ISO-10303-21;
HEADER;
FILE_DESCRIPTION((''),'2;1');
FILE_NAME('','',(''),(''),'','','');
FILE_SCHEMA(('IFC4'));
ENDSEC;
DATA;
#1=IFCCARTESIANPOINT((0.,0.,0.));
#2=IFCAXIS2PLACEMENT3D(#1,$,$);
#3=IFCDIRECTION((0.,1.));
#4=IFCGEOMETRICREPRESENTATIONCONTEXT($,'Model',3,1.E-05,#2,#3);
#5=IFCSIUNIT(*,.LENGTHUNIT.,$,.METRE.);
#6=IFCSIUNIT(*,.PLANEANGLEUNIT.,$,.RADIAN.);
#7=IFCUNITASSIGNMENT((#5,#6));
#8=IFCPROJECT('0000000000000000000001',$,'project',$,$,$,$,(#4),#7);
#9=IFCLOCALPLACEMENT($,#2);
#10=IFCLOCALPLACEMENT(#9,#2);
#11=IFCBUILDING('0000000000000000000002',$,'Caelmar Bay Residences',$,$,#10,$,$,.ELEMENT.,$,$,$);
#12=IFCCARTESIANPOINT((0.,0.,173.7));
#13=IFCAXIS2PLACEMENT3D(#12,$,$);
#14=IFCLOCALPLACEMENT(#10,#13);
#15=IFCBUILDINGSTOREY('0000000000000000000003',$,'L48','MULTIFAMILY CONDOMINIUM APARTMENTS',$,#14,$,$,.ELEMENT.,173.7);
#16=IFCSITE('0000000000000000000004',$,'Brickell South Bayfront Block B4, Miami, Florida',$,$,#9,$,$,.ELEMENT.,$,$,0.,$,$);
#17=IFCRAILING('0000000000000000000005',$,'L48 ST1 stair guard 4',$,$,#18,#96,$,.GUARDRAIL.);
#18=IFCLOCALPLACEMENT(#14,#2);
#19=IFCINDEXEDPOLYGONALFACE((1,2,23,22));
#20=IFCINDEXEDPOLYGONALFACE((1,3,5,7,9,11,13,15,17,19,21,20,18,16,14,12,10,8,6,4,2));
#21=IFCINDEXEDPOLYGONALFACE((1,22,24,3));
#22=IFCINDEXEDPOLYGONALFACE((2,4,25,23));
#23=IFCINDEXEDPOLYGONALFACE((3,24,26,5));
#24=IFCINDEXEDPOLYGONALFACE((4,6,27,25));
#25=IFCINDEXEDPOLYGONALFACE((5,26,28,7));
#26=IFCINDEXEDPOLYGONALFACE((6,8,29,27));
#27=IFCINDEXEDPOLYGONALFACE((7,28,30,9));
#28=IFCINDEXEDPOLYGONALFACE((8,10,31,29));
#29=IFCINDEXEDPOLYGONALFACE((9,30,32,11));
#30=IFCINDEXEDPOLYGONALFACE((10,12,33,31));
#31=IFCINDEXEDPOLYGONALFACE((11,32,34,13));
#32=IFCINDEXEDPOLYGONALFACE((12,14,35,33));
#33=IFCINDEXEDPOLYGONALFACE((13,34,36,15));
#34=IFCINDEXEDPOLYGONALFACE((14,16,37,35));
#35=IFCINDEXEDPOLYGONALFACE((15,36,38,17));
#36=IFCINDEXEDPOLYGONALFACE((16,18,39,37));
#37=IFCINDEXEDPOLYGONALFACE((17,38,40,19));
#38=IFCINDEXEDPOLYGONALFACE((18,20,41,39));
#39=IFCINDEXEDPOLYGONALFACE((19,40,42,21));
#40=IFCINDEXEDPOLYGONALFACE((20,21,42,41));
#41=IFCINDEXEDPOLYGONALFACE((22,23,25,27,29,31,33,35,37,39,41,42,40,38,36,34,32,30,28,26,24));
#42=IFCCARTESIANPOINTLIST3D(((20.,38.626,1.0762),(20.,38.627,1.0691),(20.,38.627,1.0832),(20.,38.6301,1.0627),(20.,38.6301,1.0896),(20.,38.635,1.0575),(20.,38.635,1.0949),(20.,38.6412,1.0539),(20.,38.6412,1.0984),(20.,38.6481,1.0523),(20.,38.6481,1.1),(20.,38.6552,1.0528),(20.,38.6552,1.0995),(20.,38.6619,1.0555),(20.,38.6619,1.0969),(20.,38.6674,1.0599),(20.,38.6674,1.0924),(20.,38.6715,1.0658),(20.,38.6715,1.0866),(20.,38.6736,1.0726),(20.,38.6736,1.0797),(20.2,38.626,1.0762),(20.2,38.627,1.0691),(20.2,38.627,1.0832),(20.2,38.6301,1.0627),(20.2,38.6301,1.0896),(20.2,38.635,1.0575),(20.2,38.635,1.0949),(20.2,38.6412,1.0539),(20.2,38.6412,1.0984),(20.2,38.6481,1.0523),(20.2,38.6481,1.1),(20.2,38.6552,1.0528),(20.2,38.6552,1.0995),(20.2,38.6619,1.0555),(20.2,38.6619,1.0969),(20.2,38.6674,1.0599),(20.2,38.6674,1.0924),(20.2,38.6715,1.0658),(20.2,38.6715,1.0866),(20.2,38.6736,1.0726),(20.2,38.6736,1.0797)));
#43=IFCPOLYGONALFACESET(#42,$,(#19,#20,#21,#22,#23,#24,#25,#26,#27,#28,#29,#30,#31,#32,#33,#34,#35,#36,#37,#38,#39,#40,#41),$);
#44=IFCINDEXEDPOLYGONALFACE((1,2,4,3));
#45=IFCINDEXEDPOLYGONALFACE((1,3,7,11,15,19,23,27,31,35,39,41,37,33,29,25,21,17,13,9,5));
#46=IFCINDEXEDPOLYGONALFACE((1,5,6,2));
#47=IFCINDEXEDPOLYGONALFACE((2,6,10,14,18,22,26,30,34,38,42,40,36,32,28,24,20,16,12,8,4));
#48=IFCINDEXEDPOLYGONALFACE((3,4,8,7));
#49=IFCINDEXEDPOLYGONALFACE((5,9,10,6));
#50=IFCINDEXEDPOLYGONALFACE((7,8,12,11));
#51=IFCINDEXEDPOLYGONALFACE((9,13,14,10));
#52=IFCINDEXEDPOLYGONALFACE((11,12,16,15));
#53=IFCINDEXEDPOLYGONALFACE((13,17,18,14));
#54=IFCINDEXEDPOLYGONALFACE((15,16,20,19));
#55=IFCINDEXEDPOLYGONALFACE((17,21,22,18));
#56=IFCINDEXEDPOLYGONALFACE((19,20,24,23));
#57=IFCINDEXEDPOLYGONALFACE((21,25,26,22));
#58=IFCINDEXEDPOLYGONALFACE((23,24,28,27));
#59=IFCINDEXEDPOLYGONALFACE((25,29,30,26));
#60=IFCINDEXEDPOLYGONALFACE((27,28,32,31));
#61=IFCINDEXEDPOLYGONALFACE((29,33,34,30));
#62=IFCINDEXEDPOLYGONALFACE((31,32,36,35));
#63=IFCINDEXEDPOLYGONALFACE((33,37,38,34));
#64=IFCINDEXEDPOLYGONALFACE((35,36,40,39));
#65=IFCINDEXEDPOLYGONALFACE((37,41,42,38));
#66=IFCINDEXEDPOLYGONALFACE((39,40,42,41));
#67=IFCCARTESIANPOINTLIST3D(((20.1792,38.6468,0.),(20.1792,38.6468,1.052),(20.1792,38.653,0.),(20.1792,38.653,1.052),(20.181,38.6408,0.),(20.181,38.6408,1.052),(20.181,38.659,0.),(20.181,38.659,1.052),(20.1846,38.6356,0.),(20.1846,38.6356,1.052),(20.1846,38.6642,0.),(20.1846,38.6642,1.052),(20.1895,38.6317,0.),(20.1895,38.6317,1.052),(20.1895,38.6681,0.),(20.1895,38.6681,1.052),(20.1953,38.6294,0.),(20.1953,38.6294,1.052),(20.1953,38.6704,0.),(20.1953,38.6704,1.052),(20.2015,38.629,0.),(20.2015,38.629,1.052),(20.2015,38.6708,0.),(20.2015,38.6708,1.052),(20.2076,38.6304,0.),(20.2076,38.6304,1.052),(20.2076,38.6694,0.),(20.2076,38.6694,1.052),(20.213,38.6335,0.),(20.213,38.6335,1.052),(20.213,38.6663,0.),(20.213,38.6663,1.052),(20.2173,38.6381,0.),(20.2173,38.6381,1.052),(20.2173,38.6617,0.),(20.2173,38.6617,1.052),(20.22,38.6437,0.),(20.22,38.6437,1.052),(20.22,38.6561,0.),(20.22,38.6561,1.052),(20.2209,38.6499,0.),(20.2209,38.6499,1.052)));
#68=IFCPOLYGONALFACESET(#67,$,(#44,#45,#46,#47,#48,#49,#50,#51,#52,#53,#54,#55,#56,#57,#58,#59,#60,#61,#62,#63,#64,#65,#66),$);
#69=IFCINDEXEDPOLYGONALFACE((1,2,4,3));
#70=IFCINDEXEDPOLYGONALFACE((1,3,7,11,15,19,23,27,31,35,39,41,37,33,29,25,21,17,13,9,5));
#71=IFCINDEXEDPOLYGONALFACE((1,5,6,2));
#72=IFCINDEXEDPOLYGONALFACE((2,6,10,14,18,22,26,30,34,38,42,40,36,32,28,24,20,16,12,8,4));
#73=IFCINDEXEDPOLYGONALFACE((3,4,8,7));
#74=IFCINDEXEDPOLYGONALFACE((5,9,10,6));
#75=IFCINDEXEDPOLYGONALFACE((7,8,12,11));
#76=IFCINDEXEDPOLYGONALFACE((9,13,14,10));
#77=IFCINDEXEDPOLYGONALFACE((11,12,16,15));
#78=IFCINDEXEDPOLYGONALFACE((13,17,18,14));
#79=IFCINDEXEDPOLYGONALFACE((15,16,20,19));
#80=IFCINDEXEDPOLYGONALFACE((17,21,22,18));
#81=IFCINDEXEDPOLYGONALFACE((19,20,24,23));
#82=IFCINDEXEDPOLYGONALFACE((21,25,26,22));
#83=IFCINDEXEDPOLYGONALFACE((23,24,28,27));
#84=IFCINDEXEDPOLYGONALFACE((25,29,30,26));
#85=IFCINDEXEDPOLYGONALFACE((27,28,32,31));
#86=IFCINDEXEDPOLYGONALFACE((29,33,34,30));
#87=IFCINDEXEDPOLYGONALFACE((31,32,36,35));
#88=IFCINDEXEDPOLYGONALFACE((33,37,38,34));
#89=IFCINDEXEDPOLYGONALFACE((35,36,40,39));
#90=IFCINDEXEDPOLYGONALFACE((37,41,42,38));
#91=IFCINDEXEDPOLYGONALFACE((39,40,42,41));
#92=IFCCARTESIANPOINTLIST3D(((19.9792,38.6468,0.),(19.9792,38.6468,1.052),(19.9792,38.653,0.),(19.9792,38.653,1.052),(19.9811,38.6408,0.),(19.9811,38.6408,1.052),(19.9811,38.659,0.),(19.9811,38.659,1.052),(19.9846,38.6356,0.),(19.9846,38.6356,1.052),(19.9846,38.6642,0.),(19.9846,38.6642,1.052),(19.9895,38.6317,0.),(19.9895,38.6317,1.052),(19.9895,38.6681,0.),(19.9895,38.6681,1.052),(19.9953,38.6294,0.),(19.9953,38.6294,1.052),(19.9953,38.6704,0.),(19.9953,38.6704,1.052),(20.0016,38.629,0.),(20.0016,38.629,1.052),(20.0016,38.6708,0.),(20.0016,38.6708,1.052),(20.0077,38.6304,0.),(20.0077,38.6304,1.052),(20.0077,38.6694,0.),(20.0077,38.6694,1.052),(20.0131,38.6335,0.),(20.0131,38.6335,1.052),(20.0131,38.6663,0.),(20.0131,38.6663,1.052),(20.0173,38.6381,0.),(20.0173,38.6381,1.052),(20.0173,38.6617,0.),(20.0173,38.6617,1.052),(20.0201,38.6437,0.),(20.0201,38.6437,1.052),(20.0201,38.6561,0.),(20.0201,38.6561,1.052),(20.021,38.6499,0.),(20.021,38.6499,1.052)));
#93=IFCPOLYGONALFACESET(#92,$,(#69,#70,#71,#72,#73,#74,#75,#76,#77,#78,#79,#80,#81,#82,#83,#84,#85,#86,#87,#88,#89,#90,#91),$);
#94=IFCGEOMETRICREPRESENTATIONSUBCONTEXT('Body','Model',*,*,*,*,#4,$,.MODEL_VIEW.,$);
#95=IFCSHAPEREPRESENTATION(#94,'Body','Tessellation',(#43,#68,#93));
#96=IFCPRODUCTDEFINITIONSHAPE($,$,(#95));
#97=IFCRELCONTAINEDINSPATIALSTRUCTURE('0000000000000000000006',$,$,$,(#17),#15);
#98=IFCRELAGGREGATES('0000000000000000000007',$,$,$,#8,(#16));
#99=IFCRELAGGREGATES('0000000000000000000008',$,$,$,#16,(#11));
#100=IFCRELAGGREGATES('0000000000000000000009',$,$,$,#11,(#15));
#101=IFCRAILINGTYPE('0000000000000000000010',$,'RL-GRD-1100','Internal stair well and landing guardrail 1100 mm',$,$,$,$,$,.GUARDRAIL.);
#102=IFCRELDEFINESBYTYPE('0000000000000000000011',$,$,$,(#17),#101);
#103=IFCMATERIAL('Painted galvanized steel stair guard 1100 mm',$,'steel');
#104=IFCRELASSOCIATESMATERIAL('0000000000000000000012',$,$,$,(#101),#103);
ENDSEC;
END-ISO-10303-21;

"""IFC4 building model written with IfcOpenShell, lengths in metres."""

from ifc_helpers import new_model, si_unit, direction, frame, origin, origin_2d, place, context, subcontext, project, spatial, circle, extrude, material, type_object, element, save


model = new_model("IFC4")

# Units and contexts
model_context = context("Model", 3, precision=1e-05, world=origin(), true_north=direction((0.0, 1.0)))
body_context = subcontext(model_context, "Body", "Model", "MODEL_VIEW")
ifc_project = project(units=[si_unit("LENGTHUNIT", "METRE"), si_unit("PLANEANGLEUNIT", "RADIAN")], contexts=[model_context])

# Site, building, storey
site_placement = place(None, origin())
site = spatial("IfcSite", under=ifc_project, at=site_placement, Name="Brickell South Bayfront Block B4, Miami, Florida", CompositionType="ELEMENT", RefElevation=0.0)
building_placement = place(site_placement, origin())
building = spatial("IfcBuilding", under=site, at=building_placement, Name="Caelmar Bay Residences", CompositionType="ELEMENT")
storey_placement = place(building_placement, frame((0.0, 0.0, 173.7)))
storey = spatial("IfcBuildingStorey", under=building, at=storey_placement, Name="L48", Description="MULTIFAMILY CONDOMINIUM APARTMENTS", CompositionType="ELEMENT", Elevation=173.7)

# Railing
ifc_material_1 = material(Name="Painted galvanized steel stair guard 1100 mm", Category="steel")
railing_type_1 = type_object("IfcRailingType", Name="RL-GRD-1100", Description="Internal stair well and landing guardrail 1100 mm", PredefinedType="GUARDRAIL", material=ifc_material_1)
railing_1_placement = place(storey_placement, frame((20.2, 38.6499, 0.0)))
element("IfcRailing", 1, at=railing_1_placement, inside=storey, type_object=railing_type_1, Name="L48 ST1 stair guard 4", PredefinedType="GUARDRAIL", context=body_context, shape_type="SweptSolid", body=[
    extrude(circle(Radius=0.0239, at=origin_2d()), frame((0.0, 0.0, 1.0762), z_axis=(-1.0, 0.0, 0.0), x_axis=(0.0, -1.0, 0.0)), (0.0, 0.0, 1.0), 0.2),
    extrude(circle(Radius=0.021, at=origin_2d()), origin(), (0.0, 0.0, 1.0), 1.052),
    extrude(circle(Radius=0.021, at=origin_2d()), frame((-0.2, 0.0, 0.0)), (0.0, 0.0, 1.0), 1.052),
])

save(model, "model.ifc")
